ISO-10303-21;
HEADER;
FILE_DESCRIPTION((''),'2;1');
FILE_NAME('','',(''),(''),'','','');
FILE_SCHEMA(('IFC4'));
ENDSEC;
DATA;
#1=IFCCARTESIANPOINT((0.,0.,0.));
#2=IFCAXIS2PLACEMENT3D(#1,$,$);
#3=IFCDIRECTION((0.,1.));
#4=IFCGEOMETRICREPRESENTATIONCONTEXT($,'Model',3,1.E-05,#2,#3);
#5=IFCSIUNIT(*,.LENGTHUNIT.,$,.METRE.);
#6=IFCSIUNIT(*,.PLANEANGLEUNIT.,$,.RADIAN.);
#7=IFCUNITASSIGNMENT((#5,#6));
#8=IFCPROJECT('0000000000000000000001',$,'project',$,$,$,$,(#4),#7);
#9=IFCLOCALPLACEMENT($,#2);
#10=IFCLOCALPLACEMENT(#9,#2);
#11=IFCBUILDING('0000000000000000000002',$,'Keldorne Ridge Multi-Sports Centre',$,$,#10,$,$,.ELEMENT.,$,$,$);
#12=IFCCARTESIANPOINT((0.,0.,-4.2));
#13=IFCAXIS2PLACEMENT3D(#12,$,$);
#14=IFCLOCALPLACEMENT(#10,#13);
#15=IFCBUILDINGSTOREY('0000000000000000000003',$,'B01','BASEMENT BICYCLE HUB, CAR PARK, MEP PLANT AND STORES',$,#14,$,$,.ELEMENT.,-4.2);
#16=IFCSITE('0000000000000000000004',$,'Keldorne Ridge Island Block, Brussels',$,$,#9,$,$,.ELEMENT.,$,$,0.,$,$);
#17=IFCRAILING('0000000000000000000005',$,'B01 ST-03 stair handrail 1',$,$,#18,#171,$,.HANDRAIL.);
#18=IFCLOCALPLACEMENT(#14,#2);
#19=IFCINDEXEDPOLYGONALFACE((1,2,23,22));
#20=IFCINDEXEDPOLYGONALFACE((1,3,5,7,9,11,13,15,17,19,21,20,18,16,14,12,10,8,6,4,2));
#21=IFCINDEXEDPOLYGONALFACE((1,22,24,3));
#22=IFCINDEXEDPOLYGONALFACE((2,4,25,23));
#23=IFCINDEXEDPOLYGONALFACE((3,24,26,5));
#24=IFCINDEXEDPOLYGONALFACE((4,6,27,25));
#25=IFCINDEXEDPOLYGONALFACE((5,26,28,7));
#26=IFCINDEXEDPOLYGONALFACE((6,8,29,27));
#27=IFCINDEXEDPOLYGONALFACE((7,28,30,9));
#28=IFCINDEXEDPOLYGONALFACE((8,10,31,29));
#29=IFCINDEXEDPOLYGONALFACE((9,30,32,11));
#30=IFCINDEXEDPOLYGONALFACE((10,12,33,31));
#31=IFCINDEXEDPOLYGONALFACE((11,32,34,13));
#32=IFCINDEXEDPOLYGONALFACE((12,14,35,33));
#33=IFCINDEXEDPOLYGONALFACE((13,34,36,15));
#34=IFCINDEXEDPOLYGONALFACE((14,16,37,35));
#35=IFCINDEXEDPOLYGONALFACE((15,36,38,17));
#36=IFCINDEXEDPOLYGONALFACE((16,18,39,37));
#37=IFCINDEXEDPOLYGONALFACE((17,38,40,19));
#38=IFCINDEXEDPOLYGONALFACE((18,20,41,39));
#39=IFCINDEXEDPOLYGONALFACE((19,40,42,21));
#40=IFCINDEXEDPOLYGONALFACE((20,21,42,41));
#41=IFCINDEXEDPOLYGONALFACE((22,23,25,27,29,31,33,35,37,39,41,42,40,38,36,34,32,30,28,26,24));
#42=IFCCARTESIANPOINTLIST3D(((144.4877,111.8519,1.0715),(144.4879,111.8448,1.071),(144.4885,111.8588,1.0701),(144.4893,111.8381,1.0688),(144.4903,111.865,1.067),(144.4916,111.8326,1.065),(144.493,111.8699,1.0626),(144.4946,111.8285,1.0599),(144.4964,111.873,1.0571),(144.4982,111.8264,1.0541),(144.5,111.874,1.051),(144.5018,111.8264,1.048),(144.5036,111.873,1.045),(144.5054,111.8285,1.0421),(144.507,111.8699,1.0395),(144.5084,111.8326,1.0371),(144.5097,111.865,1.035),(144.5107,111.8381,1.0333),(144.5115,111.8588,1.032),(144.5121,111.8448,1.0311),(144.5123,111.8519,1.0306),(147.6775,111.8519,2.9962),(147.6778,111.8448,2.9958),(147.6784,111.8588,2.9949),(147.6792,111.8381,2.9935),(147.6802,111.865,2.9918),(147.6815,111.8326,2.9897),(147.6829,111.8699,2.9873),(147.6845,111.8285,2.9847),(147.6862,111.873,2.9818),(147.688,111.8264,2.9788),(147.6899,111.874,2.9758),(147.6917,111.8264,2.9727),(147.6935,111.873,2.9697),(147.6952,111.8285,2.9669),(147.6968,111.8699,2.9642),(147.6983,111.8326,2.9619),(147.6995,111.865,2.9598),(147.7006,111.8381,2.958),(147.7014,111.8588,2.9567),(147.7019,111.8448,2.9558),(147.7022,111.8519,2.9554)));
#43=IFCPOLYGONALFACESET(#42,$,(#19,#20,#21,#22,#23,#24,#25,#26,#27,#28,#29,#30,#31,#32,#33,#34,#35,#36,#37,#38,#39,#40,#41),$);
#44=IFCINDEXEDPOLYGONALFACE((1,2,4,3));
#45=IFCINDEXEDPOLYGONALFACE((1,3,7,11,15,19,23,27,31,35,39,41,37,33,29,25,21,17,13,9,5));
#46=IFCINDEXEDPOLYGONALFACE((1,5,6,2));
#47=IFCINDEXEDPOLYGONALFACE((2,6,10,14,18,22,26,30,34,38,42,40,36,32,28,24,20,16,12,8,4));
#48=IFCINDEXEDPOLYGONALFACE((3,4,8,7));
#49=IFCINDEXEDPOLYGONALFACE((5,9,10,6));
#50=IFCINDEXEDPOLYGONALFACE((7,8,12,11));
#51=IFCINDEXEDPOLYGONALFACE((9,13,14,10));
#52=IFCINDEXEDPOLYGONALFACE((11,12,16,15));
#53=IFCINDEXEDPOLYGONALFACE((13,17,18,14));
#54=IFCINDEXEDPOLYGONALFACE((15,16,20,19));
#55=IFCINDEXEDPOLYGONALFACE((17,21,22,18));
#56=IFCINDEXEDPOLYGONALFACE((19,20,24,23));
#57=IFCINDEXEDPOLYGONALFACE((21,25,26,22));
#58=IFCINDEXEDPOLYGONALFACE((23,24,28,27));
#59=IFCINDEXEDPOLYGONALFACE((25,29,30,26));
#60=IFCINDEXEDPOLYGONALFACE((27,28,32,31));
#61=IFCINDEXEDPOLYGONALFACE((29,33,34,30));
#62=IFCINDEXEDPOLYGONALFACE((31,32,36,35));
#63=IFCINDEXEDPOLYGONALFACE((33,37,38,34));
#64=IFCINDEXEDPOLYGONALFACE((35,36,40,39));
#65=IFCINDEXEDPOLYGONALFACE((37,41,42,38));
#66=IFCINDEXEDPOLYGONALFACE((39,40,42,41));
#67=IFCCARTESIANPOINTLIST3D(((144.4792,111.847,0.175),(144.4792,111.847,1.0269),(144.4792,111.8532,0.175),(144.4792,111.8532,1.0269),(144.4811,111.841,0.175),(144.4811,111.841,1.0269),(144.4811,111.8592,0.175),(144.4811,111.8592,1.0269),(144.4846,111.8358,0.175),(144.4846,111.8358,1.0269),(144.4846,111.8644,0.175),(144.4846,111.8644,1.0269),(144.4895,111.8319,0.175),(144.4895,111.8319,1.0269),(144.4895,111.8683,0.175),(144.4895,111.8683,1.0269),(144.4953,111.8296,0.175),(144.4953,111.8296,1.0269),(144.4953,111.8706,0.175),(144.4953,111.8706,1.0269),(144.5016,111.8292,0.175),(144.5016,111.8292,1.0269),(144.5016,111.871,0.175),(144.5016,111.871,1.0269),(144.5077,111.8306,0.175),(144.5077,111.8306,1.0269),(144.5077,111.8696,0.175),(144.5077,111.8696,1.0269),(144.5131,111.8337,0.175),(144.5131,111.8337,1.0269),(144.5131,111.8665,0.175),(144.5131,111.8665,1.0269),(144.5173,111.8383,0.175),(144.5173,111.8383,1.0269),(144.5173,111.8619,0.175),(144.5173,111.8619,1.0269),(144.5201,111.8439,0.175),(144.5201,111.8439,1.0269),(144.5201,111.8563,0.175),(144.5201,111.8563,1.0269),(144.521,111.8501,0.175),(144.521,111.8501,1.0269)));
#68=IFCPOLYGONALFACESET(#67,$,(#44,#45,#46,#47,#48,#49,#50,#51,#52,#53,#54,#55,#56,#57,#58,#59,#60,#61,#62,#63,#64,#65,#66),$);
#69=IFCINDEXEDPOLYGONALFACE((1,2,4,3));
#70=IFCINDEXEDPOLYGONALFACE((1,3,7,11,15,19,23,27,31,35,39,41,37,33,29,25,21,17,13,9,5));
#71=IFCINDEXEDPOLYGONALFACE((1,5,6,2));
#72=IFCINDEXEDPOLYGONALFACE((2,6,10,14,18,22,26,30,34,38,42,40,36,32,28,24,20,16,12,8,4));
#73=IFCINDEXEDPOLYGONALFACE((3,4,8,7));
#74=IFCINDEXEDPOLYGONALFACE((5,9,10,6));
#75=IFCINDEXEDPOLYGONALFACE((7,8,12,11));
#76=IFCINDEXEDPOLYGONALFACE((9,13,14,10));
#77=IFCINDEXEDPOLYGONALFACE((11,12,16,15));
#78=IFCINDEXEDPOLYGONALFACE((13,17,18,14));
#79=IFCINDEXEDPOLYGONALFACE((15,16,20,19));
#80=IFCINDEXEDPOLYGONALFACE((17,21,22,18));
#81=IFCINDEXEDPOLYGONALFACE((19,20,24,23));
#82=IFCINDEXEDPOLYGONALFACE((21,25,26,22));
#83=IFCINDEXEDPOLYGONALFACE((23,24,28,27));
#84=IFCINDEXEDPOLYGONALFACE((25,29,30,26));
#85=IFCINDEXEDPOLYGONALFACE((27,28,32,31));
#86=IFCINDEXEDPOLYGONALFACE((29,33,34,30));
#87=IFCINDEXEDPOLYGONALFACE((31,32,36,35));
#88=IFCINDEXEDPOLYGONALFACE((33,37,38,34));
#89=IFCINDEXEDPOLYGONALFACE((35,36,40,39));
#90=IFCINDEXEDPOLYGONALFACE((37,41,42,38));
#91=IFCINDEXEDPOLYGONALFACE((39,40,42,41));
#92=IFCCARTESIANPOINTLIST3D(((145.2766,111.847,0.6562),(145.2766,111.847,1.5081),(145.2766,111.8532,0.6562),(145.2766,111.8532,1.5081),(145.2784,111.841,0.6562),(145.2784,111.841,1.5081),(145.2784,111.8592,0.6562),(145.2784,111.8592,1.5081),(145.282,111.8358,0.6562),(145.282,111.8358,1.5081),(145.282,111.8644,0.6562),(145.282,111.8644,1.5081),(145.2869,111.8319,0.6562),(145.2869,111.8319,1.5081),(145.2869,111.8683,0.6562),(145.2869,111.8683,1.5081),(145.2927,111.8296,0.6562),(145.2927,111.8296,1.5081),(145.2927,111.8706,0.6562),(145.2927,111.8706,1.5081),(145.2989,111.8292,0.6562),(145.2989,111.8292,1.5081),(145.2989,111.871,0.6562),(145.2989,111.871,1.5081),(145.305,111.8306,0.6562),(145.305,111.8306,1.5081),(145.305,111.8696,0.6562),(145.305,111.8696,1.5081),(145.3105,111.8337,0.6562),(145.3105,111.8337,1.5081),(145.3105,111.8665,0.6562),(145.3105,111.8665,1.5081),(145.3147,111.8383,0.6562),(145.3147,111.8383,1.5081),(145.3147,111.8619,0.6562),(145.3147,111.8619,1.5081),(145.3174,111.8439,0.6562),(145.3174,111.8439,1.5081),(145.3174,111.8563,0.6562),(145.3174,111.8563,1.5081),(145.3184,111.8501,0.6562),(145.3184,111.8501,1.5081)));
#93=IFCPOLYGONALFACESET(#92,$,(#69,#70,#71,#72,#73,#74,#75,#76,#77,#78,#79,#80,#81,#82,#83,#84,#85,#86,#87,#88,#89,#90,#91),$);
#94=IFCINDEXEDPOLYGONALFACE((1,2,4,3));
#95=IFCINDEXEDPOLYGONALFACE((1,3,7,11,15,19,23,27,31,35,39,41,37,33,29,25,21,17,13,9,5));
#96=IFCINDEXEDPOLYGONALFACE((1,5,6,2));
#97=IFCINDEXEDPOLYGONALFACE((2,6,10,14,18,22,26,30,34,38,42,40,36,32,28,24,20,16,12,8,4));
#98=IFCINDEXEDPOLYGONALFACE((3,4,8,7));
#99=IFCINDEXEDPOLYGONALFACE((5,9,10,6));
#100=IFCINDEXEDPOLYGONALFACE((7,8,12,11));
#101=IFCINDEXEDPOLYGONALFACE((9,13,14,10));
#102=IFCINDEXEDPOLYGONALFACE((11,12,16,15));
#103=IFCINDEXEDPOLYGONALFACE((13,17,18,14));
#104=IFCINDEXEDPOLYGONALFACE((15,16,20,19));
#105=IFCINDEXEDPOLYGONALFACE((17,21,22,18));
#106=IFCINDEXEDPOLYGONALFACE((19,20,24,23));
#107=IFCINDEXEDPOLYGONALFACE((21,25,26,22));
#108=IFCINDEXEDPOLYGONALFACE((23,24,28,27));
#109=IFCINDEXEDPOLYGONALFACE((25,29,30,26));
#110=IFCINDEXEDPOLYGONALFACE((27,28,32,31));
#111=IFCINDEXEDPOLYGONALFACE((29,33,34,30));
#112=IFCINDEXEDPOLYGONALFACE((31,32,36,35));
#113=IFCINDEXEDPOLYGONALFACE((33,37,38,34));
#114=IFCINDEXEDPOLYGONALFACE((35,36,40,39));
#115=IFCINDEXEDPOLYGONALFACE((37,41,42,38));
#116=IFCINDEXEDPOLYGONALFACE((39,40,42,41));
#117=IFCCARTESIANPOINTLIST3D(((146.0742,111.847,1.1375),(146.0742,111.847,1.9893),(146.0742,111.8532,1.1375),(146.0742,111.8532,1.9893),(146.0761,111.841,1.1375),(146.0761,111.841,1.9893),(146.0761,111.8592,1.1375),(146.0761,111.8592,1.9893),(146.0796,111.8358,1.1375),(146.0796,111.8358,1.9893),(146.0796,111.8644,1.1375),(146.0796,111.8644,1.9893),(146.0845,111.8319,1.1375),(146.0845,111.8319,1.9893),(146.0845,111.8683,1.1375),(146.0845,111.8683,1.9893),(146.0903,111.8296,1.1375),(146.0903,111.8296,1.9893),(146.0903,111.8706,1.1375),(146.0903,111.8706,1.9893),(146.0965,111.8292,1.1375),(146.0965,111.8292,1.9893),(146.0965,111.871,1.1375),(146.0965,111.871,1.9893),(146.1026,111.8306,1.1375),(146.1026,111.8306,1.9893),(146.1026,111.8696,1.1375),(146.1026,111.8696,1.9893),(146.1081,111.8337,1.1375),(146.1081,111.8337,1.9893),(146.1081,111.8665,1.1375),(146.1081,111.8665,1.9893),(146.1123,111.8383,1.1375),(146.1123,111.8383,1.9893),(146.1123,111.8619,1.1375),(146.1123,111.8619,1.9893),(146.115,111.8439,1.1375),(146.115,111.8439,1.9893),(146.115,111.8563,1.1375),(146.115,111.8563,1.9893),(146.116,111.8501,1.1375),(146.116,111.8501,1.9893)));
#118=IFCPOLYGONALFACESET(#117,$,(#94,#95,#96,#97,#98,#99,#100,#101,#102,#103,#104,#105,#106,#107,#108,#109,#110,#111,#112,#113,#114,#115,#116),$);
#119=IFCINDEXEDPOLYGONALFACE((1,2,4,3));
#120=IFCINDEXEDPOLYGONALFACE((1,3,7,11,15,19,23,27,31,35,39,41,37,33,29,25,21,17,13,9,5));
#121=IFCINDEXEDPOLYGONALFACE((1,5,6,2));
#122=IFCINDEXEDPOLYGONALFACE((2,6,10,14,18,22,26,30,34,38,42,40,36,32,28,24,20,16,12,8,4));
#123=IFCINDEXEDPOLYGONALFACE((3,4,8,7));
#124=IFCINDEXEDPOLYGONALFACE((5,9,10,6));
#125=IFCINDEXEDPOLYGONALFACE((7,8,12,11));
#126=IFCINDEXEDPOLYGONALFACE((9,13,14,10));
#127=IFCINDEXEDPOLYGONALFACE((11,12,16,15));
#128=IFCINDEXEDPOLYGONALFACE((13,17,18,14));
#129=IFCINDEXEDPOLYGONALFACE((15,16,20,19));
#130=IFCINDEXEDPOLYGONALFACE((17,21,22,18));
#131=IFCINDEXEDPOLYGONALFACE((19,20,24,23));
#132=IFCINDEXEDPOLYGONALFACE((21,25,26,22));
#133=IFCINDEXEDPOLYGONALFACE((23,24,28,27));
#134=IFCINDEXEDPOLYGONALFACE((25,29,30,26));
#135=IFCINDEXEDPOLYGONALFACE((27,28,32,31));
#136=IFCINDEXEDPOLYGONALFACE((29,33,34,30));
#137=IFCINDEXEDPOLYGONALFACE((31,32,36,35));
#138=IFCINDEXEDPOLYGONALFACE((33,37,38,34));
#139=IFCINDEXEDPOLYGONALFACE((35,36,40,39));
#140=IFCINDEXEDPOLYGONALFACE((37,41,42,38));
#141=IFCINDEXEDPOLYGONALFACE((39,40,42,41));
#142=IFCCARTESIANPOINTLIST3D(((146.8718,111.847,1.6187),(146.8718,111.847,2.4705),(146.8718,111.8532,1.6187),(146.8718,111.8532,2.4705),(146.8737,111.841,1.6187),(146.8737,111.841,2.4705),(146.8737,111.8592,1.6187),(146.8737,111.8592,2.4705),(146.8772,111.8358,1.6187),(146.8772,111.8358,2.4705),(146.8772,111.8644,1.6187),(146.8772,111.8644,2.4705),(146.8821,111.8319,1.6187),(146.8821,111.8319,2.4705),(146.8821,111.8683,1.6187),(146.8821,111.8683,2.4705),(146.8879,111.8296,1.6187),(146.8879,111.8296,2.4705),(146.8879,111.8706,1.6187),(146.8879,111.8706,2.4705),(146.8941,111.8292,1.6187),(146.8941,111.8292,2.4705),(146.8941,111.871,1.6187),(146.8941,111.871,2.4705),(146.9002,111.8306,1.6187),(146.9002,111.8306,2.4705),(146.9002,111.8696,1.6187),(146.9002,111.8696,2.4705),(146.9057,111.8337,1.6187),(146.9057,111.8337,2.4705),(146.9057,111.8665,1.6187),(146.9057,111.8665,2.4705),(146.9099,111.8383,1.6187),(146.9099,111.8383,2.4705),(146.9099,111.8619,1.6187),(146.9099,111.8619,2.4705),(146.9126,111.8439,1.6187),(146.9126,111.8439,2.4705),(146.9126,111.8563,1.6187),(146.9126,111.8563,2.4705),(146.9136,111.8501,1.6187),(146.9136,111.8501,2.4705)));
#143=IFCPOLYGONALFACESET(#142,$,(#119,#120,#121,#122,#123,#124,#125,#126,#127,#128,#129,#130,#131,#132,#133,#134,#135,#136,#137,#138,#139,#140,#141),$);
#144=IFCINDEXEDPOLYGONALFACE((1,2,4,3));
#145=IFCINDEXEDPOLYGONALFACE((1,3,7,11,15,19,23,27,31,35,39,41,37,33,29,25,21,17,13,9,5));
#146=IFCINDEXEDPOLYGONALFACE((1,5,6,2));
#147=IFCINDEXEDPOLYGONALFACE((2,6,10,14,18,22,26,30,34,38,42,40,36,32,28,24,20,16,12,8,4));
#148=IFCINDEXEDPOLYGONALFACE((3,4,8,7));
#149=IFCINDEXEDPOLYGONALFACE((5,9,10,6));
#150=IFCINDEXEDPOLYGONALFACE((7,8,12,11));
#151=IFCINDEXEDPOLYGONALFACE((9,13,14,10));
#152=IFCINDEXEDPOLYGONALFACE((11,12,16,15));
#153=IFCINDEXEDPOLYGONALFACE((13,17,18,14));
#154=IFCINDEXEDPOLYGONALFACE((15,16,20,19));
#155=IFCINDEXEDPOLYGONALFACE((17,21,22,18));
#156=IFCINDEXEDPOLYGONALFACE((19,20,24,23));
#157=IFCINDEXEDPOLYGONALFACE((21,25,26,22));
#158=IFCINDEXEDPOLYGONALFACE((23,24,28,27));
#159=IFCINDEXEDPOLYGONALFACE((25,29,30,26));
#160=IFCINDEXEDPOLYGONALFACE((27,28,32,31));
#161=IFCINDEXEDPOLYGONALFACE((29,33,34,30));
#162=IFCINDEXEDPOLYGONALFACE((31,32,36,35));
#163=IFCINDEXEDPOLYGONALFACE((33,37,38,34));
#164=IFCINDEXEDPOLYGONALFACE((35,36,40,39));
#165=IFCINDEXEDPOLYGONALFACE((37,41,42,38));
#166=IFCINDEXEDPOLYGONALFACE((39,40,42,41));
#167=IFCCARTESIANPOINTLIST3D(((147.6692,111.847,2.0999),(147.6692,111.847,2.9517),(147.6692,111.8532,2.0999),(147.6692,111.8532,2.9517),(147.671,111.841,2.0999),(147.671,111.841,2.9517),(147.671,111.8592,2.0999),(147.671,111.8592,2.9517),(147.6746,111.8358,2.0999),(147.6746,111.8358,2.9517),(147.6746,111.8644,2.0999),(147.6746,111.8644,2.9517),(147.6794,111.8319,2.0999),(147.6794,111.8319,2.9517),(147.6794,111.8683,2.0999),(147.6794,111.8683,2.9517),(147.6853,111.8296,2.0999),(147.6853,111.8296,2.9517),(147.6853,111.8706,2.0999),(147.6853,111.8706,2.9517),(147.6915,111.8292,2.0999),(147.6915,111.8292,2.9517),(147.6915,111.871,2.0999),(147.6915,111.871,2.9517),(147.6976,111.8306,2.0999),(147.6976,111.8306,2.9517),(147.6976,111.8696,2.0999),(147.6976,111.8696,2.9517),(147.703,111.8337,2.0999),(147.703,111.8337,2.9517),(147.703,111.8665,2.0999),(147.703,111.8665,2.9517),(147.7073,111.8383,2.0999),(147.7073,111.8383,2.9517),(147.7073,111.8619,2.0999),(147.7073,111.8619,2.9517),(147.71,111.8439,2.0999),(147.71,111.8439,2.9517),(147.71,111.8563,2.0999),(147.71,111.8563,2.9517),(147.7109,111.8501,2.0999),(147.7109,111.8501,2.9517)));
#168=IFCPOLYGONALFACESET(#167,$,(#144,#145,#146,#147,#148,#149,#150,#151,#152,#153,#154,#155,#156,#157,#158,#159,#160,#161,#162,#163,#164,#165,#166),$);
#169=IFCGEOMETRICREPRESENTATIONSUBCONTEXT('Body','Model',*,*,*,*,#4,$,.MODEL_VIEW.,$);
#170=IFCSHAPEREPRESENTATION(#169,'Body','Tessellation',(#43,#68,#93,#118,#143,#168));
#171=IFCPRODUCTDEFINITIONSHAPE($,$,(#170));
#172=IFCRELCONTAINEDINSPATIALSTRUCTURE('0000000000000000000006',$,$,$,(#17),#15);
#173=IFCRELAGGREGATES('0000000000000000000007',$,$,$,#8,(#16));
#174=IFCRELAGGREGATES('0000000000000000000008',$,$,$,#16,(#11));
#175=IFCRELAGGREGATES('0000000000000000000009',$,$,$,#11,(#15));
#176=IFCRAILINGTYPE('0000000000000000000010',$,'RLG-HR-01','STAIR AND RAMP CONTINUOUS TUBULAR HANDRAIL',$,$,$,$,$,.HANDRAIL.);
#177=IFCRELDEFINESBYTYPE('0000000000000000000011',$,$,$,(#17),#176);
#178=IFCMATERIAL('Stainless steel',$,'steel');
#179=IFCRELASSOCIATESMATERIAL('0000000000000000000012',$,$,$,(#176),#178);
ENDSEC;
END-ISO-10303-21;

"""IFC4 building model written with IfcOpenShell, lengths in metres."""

from ifc_helpers import new_model, si_unit, direction, frame, origin, origin_2d, place, context, subcontext, project, spatial, circle, extrude, material, type_object, element, save


model = new_model("IFC4")

# Units and contexts
model_context = context("Model", 3, precision=1e-05, world=origin(), true_north=direction((0.0, 1.0)))
body_context = subcontext(model_context, "Body", "Model", "MODEL_VIEW")
ifc_project = project(units=[si_unit("LENGTHUNIT", "METRE"), si_unit("PLANEANGLEUNIT", "RADIAN")], contexts=[model_context])

# Site, building, storey
site_placement = place(None, origin())
site = spatial("IfcSite", under=ifc_project, at=site_placement, Name="Keldorne Ridge Island Block, Brussels", CompositionType="ELEMENT", RefElevation=0.0)
building_placement = place(site_placement, origin())
building = spatial("IfcBuilding", under=site, at=building_placement, Name="Keldorne Ridge Multi-Sports Centre", CompositionType="ELEMENT")
storey_placement = place(building_placement, frame((0.0, 0.0, -4.2)))
storey = spatial("IfcBuildingStorey", under=building, at=storey_placement, Name="B01", Description="BASEMENT BICYCLE HUB, CAR PARK, MEP PLANT AND STORES", CompositionType="ELEMENT", Elevation=-4.2)

# Railing
ifc_material_1 = material(Name="Stainless steel", Category="steel")
railing_type_1 = type_object("IfcRailingType", Name="RLG-HR-01", Description="STAIR AND RAMP CONTINUOUS TUBULAR HANDRAIL", PredefinedType="HANDRAIL", material=ifc_material_1)
railing_1_placement = place(storey_placement, frame((144.5, 111.8501, 0.175)))
element("IfcRailing", 1, at=railing_1_placement, inside=storey, type_object=railing_type_1, Name="B01 ST-03 stair handrail 1", PredefinedType="HANDRAIL", context=body_context, shape_type="SweptSolid", body=[
    extrude(circle(Radius=0.0239, at=origin_2d()), frame((0.0, 0.0, 0.876), z_axis=(0.856207, 0.0, 0.516633), x_axis=(0.0, 1.0, 0.0)), (0.0, 0.0, 1.0), 3.7256),
    extrude(circle(Radius=0.021, at=origin_2d()), origin(), (0.0, 0.0, 1.0), 0.8518),
    extrude(circle(Radius=0.021, at=origin_2d()), frame((0.7974, 0.0, 0.4812)), (0.0, 0.0, 1.0), 0.8518),
    extrude(circle(Radius=0.021, at=origin_2d()), frame((1.595, 0.0, 0.9624)), (0.0, 0.0, 1.0), 0.8518),
    extrude(circle(Radius=0.021, at=origin_2d()), frame((2.3926, 0.0, 1.4436)), (0.0, 0.0, 1.0), 0.8518),
    extrude(circle(Radius=0.021, at=origin_2d()), frame((3.1899, 0.0, 1.9248)), (0.0, 0.0, 1.0), 0.8518),
])

save(model, "model.ifc")
